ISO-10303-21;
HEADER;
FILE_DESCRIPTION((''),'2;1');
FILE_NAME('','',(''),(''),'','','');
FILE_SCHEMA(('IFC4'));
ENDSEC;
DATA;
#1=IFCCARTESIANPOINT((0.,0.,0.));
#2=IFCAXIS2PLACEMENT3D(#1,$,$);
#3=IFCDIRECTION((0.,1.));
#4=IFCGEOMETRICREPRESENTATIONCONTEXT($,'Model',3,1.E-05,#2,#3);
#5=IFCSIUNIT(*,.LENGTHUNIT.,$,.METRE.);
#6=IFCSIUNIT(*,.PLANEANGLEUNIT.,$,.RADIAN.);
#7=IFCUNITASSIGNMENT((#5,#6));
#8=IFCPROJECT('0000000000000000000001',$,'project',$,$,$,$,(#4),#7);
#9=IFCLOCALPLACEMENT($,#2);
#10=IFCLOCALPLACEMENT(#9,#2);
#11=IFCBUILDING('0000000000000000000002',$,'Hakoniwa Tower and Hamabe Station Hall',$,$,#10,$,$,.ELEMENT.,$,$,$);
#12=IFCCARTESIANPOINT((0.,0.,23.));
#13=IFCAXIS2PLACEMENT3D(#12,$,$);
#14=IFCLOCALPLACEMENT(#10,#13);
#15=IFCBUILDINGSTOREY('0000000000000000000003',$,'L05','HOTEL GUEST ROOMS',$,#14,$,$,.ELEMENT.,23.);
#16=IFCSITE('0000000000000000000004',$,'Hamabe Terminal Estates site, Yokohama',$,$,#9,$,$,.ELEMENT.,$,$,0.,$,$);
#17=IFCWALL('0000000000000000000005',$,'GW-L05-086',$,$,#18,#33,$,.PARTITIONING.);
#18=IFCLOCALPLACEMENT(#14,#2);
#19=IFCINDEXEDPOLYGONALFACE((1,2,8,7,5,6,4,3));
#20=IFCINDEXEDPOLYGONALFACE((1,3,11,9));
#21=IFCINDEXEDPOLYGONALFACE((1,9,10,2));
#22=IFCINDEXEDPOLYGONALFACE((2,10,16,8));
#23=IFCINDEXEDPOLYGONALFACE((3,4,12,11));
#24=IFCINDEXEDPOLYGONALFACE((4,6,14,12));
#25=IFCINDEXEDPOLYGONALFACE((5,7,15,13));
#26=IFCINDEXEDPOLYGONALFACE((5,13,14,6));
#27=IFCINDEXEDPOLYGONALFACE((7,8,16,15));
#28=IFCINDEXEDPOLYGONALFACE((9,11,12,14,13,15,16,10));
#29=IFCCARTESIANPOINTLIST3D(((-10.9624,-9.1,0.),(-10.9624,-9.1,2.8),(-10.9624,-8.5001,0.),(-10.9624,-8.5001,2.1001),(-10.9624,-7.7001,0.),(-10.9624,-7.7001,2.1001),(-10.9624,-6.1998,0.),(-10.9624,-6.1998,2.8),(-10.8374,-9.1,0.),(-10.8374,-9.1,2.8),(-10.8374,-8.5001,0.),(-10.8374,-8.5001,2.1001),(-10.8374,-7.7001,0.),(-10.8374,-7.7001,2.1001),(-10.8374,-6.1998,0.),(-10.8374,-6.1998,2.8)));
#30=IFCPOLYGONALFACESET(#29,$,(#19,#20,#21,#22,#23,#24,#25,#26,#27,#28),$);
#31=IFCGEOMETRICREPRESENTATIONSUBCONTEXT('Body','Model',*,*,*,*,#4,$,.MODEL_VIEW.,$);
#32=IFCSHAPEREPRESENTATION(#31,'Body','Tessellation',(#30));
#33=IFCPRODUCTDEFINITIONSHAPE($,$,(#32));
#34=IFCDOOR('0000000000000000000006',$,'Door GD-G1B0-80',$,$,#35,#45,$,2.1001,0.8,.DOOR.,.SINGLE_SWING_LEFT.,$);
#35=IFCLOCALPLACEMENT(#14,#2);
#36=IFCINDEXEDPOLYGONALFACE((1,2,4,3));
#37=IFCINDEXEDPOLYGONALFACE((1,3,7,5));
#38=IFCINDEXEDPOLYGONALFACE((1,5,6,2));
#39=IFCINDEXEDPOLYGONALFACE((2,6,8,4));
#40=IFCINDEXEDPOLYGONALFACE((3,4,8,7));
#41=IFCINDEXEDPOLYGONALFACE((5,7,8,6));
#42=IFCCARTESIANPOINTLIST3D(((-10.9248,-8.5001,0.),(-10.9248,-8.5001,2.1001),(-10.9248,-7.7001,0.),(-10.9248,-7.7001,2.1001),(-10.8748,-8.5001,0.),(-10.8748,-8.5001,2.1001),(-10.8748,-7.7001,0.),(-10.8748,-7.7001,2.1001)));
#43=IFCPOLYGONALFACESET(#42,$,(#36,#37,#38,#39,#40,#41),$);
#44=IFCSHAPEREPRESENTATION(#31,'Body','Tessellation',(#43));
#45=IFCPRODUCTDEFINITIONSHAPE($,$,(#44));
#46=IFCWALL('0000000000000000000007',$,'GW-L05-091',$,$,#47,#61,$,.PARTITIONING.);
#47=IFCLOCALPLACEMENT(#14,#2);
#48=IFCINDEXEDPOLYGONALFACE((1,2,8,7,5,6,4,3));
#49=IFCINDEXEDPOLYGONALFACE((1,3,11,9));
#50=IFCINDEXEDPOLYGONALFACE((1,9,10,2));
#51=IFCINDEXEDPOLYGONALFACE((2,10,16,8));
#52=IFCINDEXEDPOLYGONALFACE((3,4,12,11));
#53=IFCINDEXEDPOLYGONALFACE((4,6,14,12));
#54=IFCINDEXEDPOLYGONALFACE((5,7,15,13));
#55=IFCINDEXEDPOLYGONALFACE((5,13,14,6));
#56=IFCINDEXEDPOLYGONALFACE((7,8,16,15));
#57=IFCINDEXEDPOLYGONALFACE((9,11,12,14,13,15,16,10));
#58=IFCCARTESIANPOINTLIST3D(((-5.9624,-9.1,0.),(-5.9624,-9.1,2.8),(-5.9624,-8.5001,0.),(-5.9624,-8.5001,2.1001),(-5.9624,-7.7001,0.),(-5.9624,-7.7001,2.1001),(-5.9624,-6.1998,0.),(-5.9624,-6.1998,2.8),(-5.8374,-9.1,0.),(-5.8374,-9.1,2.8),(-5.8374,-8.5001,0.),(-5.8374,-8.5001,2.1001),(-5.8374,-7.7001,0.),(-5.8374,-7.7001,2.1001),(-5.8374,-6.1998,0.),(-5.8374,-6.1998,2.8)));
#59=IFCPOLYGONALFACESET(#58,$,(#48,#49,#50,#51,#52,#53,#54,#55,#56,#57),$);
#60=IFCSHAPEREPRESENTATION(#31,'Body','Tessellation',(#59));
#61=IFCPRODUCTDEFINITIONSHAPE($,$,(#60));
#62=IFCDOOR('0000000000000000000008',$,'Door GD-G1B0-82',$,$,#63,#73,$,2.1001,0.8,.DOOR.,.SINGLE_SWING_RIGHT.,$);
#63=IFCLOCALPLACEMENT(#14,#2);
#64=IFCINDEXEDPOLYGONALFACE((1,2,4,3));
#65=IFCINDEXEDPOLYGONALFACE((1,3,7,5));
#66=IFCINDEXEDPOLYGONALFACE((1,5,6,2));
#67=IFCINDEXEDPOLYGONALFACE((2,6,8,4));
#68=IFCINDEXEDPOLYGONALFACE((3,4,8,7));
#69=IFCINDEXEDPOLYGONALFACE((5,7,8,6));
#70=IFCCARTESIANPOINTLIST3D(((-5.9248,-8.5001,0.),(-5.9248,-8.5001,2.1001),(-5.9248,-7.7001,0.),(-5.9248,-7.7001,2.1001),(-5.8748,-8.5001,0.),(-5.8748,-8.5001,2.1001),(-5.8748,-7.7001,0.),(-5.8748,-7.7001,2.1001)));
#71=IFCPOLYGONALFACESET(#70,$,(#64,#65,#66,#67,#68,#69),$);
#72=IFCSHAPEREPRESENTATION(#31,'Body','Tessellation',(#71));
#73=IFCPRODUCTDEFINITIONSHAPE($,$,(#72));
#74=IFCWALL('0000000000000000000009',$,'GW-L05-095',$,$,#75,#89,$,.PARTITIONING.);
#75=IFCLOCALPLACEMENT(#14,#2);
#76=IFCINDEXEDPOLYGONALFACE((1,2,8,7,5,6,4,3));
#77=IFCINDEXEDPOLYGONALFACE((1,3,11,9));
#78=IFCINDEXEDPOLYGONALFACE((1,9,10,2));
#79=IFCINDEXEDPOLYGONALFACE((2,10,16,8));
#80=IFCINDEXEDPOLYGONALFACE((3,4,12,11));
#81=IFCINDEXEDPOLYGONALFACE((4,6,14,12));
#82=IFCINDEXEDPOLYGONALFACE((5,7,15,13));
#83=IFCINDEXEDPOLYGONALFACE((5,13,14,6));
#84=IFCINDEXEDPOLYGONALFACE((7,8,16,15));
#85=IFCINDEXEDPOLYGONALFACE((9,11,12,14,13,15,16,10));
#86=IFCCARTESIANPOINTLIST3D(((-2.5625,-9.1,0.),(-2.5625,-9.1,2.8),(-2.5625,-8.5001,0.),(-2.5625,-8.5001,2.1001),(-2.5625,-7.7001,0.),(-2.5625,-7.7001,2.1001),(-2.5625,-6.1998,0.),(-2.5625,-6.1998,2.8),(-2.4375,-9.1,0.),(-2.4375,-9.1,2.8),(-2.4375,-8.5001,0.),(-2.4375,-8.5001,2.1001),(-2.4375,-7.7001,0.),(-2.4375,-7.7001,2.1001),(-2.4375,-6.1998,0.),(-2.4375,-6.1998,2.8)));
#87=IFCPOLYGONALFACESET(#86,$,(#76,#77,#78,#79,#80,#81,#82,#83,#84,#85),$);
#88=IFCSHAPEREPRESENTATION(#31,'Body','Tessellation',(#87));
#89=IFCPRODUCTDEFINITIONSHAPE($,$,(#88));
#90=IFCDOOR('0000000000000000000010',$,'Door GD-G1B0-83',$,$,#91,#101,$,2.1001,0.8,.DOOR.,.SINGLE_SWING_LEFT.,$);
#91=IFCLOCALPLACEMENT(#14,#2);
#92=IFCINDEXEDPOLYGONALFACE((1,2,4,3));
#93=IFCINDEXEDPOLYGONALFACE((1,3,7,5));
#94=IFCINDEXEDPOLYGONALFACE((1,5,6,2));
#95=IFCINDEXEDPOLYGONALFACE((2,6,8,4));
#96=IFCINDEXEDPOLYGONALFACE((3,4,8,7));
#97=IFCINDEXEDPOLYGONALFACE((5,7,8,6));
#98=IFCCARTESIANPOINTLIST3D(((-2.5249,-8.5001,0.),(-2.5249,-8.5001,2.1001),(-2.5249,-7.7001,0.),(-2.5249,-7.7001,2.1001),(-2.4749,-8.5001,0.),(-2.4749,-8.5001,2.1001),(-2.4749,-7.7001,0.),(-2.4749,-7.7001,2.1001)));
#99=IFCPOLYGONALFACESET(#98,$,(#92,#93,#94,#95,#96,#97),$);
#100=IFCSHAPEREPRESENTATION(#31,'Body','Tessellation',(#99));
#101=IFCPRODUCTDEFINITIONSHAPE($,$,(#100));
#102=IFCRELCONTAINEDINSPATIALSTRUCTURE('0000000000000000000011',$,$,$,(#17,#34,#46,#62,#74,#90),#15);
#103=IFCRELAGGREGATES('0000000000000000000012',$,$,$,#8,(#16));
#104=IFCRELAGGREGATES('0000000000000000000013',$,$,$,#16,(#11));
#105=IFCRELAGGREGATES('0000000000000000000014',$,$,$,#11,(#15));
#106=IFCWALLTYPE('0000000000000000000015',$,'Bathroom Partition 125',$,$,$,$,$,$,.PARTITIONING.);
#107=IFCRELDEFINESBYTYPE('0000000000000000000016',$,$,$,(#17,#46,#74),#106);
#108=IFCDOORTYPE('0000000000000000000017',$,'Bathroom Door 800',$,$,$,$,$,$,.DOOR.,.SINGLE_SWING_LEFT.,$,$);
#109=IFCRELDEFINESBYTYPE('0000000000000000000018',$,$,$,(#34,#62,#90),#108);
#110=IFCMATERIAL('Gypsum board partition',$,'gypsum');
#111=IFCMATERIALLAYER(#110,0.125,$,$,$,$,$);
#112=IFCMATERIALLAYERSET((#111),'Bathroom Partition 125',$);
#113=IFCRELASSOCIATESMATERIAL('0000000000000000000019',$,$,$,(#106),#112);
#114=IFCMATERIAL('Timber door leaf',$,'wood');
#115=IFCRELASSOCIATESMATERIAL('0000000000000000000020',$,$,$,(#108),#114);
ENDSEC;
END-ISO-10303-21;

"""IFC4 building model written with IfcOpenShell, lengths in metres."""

from ifc_helpers import new_model, si_unit, direction, frame, frame_2d, origin, place, context, subcontext, project, spatial, rectangle, extrude, material, layer, layer_set, type_object, element, fill, save


model = new_model("IFC4")

# Units and contexts
model_context = context("Model", 3, precision=1e-05, world=origin(), true_north=direction((0.0, 1.0)))
body_context = subcontext(model_context, "Body", "Model", "MODEL_VIEW")
ifc_project = project(units=[si_unit("LENGTHUNIT", "METRE"), si_unit("PLANEANGLEUNIT", "RADIAN")], contexts=[model_context])

# Site, building, storey
site_placement = place(None, origin())
site = spatial("IfcSite", under=ifc_project, at=site_placement, Name="Hamabe Terminal Estates site, Yokohama", CompositionType="ELEMENT", RefElevation=0.0)
building_placement = place(site_placement, origin())
building = spatial("IfcBuilding", under=site, at=building_placement, Name="Hakoniwa Tower and Hamabe Station Hall", CompositionType="ELEMENT")
storey_placement = place(building_placement, frame((0.0, 0.0, 23.0)))
storey = spatial("IfcBuildingStorey", under=building, at=storey_placement, Name="L05", Description="HOTEL GUEST ROOMS", CompositionType="ELEMENT", Elevation=23.0)

# Shared definitions
ifc_material_1 = material(Name="Gypsum board partition", Category="gypsum")
ifc_layer_1 = layer(ifc_material_1, 0.125)
ifc_layer_set_1 = layer_set([ifc_layer_1], Name="Bathroom Partition 125")
wall_type_1 = type_object("IfcWallType", Name="Bathroom Partition 125", PredefinedType="PARTITIONING", material=ifc_layer_set_1)

# Walls, openings, doors
ifc_material_2 = material(Name="Timber door leaf", Category="wood")
door_type_1 = type_object("IfcDoorType", Name="Bathroom Door 800", OperationType="SINGLE_SWING_LEFT", PredefinedType="DOOR", material=ifc_material_2)
wall_1_placement = place(storey_placement, frame((-10.8999, -9.1001, 0.0), z_axis=(0.0, 0.0, 1.0), x_axis=(0.0, 1.0, 0.0)))
wall_1 = element("IfcWall", 1, at=wall_1_placement, inside=storey, type_object=wall_type_1, Name="GW-L05-086", PredefinedType="PARTITIONING", context=body_context, shape_type="SweptSolid", body=[
    extrude(rectangle(XDim=2.9001, YDim=0.125, at=frame_2d((1.4502, 0.0))), origin(), (0.0, 0.0, 1.0), 2.8),
])
opening_1_placement = place(wall_1_placement, frame((0.6001, 0.0, 0.0)))
opening_1 = element("IfcOpeningElement", 2, at=opening_1_placement, cuts=wall_1, PredefinedType="OPENING", context=body_context, shape_type="SweptSolid", body=[
    extrude(rectangle(XDim=0.8, YDim=2.1001, at=frame_2d((0.3999, 1.05))), frame((0.0, 0.0725, 0.0), z_axis=(0.0, -1.0, 0.0), x_axis=(1.0, 0.0, 0.0)), (0.0, 0.0, 1.0), 0.145),
])
door_1_placement = place(opening_1_placement, origin())
door_1 = element("IfcDoor", 3, at=door_1_placement, inside=storey, type_object=door_type_1, Name="Door GD-G1B0-80", OperationType="SINGLE_SWING_LEFT", OverallHeight=2.1001, OverallWidth=0.8, PredefinedType="DOOR", context=body_context, shape_type="SweptSolid", body=[
    extrude(rectangle(XDim=0.8, YDim=2.1001, at=frame_2d((0.3999, 1.05))), frame((0.0, 0.0249, 0.0), z_axis=(0.0, -1.0, 0.0), x_axis=(1.0, 0.0, 0.0)), (0.0, 0.0, 1.0), 0.05),
])
fill(opening_1, door_1)
wall_2_placement = place(storey_placement, frame((-5.8999, -9.1001, 0.0), z_axis=(0.0, 0.0, 1.0), x_axis=(0.0, 1.0, 0.0)))
wall_2 = element("IfcWall", 4, at=wall_2_placement, inside=storey, type_object=wall_type_1, Name="GW-L05-091", PredefinedType="PARTITIONING", context=body_context, shape_type="SweptSolid", body=[
    extrude(rectangle(XDim=2.9001, YDim=0.125, at=frame_2d((1.4502, 0.0))), origin(), (0.0, 0.0, 1.0), 2.8),
])
opening_2_placement = place(wall_2_placement, frame((0.6001, 0.0, 0.0)))
opening_2 = element("IfcOpeningElement", 5, at=opening_2_placement, cuts=wall_2, PredefinedType="OPENING", context=body_context, shape_type="SweptSolid", body=[
    extrude(rectangle(XDim=0.8, YDim=2.1001, at=frame_2d((0.3999, 1.05))), frame((0.0, 0.0725, 0.0), z_axis=(0.0, -1.0, 0.0), x_axis=(1.0, 0.0, 0.0)), (0.0, 0.0, 1.0), 0.145),
])
door_2_placement = place(opening_2_placement, origin())
door_2 = element("IfcDoor", 6, at=door_2_placement, inside=storey, type_object=door_type_1, Name="Door GD-G1B0-82", OperationType="SINGLE_SWING_RIGHT", OverallHeight=2.1001, OverallWidth=0.8, PredefinedType="DOOR", context=body_context, shape_type="SweptSolid", body=[
    extrude(rectangle(XDim=0.8, YDim=2.1001, at=frame_2d((0.3999, 1.05))), frame((0.0, 0.0249, 0.0), z_axis=(0.0, -1.0, 0.0), x_axis=(1.0, 0.0, 0.0)), (0.0, 0.0, 1.0), 0.05),
])
fill(opening_2, door_2)
wall_3_placement = place(storey_placement, frame((-2.5, -9.1001, 0.0), z_axis=(0.0, 0.0, 1.0), x_axis=(0.0, 1.0, 0.0)))
wall_3 = element("IfcWall", 7, at=wall_3_placement, inside=storey, type_object=wall_type_1, Name="GW-L05-095", PredefinedType="PARTITIONING", context=body_context, shape_type="SweptSolid", body=[
    extrude(rectangle(XDim=2.9001, YDim=0.125, at=frame_2d((1.4502, 0.0))), origin(), (0.0, 0.0, 1.0), 2.8),
])
opening_3_placement = place(wall_3_placement, frame((0.6001, 0.0, 0.0)))
opening_3 = element("IfcOpeningElement", 8, at=opening_3_placement, cuts=wall_3, PredefinedType="OPENING", context=body_context, shape_type="SweptSolid", body=[
    extrude(rectangle(XDim=0.8, YDim=2.1001, at=frame_2d((0.3999, 1.05))), frame((0.0, 0.0725, 0.0), z_axis=(0.0, -1.0, 0.0), x_axis=(1.0, 0.0, 0.0)), (0.0, 0.0, 1.0), 0.145),
])
door_3_placement = place(opening_3_placement, origin())
door_3 = element("IfcDoor", 9, at=door_3_placement, inside=storey, type_object=door_type_1, Name="Door GD-G1B0-83", OperationType="SINGLE_SWING_LEFT", OverallHeight=2.1001, OverallWidth=0.8, PredefinedType="DOOR", context=body_context, shape_type="SweptSolid", body=[
    extrude(rectangle(XDim=0.8, YDim=2.1001, at=frame_2d((0.3999, 1.05))), frame((0.0, 0.0249, 0.0), z_axis=(0.0, -1.0, 0.0), x_axis=(1.0, 0.0, 0.0)), (0.0, 0.0, 1.0), 0.05),
])
fill(opening_3, door_3)

save(model, "model.ifc")
